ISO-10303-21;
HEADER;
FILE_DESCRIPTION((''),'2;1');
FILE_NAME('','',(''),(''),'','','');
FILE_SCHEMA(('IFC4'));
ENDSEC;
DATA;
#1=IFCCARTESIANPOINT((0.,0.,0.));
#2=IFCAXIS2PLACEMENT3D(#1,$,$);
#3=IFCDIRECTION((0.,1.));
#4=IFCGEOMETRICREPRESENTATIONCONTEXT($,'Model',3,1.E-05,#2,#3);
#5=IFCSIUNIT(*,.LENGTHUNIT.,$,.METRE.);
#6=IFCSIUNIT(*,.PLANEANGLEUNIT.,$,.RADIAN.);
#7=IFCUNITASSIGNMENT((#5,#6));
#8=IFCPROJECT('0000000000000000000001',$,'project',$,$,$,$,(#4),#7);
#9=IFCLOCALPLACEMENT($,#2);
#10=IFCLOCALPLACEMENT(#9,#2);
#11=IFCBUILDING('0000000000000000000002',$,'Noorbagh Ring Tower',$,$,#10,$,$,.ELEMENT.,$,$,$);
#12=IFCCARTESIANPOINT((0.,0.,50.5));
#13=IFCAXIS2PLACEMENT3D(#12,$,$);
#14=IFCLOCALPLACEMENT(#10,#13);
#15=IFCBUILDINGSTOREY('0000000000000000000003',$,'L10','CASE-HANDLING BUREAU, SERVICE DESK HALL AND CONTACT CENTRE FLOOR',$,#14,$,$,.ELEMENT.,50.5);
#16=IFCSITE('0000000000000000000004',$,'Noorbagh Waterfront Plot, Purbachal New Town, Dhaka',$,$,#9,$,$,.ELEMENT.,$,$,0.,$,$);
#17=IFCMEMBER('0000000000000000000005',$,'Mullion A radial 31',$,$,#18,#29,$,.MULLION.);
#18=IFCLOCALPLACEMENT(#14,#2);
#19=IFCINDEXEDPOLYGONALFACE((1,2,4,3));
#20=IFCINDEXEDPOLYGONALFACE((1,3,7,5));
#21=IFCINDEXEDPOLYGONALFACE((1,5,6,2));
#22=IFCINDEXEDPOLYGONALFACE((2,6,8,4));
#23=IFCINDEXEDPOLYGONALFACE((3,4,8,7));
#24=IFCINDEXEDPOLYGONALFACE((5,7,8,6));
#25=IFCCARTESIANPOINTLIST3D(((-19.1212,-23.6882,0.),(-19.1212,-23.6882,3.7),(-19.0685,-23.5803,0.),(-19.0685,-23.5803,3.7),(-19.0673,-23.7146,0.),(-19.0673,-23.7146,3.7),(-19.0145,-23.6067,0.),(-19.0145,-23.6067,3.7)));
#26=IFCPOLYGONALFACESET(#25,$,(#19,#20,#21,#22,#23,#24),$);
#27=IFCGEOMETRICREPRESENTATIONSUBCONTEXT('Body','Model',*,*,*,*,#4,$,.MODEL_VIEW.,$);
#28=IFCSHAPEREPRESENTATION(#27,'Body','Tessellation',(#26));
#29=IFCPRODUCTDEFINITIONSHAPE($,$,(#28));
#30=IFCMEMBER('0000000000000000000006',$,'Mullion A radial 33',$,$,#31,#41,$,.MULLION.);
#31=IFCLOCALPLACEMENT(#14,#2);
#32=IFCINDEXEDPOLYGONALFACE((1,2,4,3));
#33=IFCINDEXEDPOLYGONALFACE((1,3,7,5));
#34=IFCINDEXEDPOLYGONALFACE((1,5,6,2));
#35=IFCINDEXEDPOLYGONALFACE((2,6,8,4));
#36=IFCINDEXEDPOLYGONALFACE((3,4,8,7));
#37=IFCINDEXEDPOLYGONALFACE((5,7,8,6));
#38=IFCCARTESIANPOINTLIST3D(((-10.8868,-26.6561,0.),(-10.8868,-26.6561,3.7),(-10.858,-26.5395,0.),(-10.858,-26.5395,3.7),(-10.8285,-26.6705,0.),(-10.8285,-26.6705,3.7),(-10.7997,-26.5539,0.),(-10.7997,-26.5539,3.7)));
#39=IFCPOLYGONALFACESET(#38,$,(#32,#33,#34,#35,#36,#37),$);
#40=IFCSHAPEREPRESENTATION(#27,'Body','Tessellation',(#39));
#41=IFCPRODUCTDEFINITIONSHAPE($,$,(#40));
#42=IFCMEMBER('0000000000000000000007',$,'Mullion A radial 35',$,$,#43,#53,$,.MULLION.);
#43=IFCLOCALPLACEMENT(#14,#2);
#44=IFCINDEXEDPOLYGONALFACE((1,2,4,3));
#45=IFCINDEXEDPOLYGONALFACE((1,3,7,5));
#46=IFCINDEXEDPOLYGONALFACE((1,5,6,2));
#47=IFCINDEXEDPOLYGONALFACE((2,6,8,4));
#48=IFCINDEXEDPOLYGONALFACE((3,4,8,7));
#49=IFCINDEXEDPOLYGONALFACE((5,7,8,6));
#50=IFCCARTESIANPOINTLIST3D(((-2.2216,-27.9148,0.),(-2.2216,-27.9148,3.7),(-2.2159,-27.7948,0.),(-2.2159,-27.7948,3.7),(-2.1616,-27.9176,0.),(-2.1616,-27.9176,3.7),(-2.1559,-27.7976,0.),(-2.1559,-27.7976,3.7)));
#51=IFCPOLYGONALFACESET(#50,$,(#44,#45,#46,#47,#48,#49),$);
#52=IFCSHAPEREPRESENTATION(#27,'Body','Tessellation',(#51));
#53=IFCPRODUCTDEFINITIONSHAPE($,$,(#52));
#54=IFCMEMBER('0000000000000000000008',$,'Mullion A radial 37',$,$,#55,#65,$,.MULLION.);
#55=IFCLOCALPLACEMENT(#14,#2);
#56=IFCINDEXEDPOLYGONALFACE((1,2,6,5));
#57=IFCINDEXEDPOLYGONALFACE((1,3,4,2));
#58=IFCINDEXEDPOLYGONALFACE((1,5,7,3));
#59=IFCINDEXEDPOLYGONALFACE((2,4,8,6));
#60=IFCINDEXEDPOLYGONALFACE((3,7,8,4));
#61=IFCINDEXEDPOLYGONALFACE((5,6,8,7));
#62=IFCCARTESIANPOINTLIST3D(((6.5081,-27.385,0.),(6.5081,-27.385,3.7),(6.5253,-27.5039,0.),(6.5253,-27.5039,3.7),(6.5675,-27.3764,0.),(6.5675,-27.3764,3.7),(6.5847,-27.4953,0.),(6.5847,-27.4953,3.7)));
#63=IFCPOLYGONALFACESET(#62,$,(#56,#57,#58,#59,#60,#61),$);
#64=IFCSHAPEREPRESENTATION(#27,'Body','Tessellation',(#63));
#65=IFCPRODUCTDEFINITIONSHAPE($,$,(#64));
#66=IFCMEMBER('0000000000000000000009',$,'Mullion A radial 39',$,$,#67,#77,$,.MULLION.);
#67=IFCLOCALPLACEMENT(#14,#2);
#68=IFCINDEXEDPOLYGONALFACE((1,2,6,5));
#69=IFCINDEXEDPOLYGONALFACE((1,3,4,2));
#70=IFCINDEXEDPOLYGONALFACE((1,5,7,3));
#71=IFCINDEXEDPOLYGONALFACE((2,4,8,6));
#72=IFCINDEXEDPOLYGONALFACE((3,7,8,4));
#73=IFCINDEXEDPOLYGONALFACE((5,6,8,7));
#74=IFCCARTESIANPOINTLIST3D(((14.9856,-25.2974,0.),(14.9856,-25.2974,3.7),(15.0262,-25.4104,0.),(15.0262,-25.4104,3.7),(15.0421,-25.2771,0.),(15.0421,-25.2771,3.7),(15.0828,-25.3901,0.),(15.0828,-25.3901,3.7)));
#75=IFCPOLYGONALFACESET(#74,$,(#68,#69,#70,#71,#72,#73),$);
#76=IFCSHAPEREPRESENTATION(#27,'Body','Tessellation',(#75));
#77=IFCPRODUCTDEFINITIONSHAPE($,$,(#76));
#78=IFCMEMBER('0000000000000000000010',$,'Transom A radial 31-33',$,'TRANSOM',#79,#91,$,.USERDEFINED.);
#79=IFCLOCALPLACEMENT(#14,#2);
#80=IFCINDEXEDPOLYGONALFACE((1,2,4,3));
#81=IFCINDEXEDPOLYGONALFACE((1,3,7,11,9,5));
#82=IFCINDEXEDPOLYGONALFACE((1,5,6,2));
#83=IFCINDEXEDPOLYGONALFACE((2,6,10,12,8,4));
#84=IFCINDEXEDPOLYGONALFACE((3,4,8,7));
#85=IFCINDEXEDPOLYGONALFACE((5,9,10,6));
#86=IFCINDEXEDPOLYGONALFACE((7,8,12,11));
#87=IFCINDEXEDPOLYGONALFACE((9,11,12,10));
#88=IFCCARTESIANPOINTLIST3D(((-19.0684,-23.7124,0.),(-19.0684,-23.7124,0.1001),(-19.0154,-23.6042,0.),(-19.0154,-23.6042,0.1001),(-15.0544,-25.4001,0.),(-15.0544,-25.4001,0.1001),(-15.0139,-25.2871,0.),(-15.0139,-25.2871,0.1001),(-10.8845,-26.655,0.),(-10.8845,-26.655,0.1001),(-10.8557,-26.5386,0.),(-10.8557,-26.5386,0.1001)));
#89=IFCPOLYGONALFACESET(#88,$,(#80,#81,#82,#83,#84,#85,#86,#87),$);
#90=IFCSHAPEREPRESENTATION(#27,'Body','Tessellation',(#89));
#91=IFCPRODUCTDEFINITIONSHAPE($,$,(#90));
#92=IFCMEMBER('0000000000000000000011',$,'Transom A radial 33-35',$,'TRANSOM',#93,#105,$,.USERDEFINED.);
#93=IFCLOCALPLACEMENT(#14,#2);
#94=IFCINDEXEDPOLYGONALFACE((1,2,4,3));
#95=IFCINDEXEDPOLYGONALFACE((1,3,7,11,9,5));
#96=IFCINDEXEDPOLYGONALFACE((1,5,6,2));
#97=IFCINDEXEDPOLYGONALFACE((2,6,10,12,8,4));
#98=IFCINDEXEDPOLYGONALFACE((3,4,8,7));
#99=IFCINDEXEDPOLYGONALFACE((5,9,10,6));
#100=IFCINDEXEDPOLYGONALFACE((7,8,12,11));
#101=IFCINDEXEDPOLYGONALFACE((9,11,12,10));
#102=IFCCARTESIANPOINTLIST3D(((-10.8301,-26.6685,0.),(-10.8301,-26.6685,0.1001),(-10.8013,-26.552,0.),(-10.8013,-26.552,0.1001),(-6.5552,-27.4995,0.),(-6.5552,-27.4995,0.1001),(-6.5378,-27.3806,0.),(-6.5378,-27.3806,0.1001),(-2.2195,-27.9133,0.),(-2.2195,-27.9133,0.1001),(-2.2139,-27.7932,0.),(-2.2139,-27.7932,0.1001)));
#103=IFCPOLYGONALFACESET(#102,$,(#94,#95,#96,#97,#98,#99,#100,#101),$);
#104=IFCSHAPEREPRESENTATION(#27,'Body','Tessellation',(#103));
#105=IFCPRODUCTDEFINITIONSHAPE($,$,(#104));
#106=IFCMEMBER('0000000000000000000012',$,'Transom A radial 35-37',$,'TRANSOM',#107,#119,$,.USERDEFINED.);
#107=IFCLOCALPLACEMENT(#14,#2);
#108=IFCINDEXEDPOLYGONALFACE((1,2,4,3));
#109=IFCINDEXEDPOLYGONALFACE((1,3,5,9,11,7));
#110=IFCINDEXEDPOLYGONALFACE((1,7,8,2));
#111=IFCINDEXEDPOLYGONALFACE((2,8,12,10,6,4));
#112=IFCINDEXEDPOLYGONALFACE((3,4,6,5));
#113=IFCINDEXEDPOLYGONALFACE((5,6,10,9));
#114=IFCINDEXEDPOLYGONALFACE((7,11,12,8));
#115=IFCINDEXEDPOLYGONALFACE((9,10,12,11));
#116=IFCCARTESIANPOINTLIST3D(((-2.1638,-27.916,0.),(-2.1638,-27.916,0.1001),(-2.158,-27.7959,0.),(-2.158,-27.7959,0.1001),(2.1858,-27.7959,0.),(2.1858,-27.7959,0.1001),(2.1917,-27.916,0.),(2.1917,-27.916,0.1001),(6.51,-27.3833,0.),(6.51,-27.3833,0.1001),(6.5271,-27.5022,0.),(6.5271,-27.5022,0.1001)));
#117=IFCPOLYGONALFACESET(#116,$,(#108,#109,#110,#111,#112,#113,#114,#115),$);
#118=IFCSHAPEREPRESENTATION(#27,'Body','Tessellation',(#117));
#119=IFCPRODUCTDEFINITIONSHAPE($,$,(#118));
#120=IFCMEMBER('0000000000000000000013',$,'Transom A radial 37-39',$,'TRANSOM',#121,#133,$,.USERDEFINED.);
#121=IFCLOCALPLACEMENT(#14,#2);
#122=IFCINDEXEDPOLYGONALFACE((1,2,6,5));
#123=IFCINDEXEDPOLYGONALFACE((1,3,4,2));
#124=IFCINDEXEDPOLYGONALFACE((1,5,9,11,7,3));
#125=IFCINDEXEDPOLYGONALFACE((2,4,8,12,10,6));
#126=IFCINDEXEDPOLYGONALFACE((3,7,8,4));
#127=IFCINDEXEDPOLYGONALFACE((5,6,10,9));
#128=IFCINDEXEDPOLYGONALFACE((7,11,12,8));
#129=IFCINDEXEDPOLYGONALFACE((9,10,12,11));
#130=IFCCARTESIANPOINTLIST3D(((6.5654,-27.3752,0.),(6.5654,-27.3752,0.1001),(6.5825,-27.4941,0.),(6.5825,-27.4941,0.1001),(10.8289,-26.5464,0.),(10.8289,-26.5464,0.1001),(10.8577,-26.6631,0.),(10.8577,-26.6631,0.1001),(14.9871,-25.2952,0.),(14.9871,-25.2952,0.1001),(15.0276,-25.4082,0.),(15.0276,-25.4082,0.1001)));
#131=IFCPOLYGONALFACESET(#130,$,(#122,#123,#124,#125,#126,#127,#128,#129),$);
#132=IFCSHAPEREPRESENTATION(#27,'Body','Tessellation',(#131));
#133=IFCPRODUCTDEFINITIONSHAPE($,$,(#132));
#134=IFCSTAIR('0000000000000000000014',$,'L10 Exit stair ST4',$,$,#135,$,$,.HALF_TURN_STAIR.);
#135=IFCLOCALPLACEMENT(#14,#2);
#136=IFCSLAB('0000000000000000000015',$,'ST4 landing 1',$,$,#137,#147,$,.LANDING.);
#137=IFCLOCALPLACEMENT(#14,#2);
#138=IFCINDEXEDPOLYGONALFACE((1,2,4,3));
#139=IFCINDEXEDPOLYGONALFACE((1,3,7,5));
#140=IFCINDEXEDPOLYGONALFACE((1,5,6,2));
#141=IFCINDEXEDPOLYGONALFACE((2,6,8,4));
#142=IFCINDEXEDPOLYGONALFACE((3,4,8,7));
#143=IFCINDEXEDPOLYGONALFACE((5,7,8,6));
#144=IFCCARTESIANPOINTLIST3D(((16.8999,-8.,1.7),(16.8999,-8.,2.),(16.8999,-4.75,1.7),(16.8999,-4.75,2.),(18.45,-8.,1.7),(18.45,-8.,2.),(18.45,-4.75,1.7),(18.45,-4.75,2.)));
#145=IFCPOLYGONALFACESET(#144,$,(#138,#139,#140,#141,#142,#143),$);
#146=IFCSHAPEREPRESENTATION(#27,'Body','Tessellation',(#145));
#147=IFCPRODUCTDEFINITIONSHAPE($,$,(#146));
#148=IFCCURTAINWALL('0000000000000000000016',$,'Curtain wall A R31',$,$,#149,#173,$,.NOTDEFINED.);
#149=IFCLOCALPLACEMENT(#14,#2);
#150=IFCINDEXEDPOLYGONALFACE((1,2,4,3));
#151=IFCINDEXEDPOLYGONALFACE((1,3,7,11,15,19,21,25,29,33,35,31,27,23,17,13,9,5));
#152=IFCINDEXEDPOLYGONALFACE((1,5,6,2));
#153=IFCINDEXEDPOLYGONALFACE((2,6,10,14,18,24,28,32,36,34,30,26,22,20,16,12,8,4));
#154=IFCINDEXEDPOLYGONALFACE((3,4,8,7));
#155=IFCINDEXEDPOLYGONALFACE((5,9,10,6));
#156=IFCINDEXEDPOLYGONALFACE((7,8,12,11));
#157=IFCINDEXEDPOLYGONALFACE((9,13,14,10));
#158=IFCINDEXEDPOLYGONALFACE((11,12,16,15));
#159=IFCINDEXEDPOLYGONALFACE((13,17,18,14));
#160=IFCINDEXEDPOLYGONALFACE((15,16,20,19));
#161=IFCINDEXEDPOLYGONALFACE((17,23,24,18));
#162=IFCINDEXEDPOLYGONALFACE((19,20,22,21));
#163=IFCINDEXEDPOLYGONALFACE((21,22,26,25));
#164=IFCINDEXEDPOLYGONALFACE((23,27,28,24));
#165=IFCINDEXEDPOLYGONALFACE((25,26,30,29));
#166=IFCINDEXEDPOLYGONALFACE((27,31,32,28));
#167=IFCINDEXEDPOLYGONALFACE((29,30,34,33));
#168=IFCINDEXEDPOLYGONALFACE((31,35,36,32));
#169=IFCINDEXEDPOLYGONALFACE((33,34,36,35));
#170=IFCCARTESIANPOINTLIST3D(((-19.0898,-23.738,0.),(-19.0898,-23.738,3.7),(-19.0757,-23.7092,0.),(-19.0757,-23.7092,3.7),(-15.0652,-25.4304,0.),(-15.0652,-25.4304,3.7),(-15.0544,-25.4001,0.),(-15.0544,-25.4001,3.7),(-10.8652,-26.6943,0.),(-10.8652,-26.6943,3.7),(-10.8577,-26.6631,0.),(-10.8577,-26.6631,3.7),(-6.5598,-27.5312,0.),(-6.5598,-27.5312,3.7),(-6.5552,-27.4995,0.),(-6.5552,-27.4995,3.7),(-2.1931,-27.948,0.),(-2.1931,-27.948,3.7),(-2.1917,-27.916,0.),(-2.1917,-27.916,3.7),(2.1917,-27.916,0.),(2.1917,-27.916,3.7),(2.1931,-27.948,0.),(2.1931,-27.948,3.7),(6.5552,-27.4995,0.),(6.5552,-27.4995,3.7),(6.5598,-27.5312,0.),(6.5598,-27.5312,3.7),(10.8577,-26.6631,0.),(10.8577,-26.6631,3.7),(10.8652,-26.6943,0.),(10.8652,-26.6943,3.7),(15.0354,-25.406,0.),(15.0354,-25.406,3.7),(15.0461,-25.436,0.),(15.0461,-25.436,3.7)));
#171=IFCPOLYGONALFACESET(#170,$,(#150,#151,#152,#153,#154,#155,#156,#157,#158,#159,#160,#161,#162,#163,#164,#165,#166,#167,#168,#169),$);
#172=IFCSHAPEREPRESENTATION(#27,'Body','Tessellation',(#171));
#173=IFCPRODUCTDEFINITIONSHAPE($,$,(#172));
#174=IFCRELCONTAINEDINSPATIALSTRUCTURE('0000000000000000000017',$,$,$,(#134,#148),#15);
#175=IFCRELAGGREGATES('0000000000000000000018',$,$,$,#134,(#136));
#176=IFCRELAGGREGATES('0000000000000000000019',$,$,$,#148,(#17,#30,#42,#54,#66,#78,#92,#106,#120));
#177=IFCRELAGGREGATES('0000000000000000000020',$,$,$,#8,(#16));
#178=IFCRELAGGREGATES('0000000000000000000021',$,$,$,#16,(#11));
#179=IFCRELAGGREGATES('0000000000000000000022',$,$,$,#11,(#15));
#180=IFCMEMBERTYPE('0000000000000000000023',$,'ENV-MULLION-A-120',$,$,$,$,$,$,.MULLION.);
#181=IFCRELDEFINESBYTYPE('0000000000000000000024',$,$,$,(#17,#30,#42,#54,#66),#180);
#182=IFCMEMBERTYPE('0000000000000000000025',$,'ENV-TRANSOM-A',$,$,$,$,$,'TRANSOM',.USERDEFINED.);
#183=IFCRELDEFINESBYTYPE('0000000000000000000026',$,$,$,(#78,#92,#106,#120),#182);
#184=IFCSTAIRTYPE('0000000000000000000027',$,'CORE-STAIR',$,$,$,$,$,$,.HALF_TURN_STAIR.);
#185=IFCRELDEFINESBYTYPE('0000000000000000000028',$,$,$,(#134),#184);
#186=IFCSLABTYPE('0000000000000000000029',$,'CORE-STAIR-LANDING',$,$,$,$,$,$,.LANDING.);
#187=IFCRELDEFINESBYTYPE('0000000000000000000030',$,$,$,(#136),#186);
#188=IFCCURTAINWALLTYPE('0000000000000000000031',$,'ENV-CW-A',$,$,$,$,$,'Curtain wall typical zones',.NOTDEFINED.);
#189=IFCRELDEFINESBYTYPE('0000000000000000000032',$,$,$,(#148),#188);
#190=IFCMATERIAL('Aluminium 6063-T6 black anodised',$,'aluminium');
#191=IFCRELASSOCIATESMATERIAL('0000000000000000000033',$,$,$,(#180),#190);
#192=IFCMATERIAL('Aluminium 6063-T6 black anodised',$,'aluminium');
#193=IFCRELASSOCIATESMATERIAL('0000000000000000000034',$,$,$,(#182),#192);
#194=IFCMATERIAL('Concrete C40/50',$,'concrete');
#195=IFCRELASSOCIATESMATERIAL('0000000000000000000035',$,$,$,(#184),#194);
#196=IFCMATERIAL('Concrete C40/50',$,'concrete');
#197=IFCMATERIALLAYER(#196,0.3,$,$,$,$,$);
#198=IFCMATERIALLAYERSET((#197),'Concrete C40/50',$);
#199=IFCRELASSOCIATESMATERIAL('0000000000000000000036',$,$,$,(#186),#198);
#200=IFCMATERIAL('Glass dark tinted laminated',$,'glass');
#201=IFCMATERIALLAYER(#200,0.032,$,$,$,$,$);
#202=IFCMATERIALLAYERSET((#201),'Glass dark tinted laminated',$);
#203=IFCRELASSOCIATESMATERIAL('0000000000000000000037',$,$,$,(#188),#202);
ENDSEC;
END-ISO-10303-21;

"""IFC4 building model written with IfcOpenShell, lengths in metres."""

from ifc_helpers import new_model, si_unit, direction, frame, origin, origin_2d, place, context, subcontext, project, spatial, polyline, rectangle, outline, extrude, material, layer, layer_set, material_profile, profile_set, type_object, element, aggregate, save


model = new_model("IFC4")

# Units and contexts
model_context = context("Model", 3, precision=1e-05, world=origin(), true_north=direction((0.0, 1.0)))
body_context = subcontext(model_context, "Body", "Model", "MODEL_VIEW")
ifc_project = project(units=[si_unit("LENGTHUNIT", "METRE"), si_unit("PLANEANGLEUNIT", "RADIAN")], contexts=[model_context])

# Members
ifc_material_1 = material(Name="Aluminium 6063-T6 black anodised", Category="aluminium")
ifc_material_profile = material_profile(ifc_material_1, rectangle(XDim=0.1201, YDim=0.0601, at=origin_2d()), Name="120x60")
ifc_profile_set = profile_set([ifc_material_profile], Name="Aluminium 6063-T6 black anodised")
member_type_1 = type_object("IfcMemberType", Name="ENV-MULLION-A-120", PredefinedType="MULLION", material=ifc_profile_set)
site_placement = place(None, origin())
building_placement = place(site_placement, origin())
storey_placement = place(building_placement, frame((0.0, 0.0, 50.5)))
member_1_placement = place(storey_placement, frame((-19.0679, -23.6475, 0.0), z_axis=(0.0, 0.0, 1.0), x_axis=(0.439238, 0.898371, 0.0)))
member_1 = element("IfcMember", 1, at=member_1_placement, type_object=member_type_1, Name="Mullion A radial 31", PredefinedType="MULLION", context=body_context, shape_type="SweptSolid", body=[
    extrude(rectangle(XDim=0.1201, YDim=0.0601, at=origin_2d()), origin(), (0.0, 0.0, 1.0), 3.7),
])
member_2_placement = place(storey_placement, frame((-10.8433, -26.605, 0.0), z_axis=(0.0, 0.0, 1.0), x_axis=(0.239799, 0.970823, 0.0)))
member_2 = element("IfcMember", 2, at=member_2_placement, type_object=member_type_1, Name="Mullion A radial 33", PredefinedType="MULLION", context=body_context, shape_type="SweptSolid", body=[
    extrude(rectangle(XDim=0.1201, YDim=0.0601, at=origin_2d()), origin(), (0.0, 0.0, 1.0), 3.7),
])
member_3_placement = place(storey_placement, frame((-2.1887, -27.8562, 0.0), z_axis=(0.0, 0.0, 1.0), x_axis=(0.047558, 0.998868, 0.0)))
member_3 = element("IfcMember", 3, at=member_3_placement, type_object=member_type_1, Name="Mullion A radial 35", PredefinedType="MULLION", context=body_context, shape_type="SweptSolid", body=[
    extrude(rectangle(XDim=0.1201, YDim=0.0601, at=origin_2d()), origin(), (0.0, 0.0, 1.0), 3.7),
])
member_4_placement = place(storey_placement, frame((6.5464, -27.4402, 0.0), z_axis=(0.0, 0.0, 1.0), x_axis=(-0.143082, 0.989711, 0.0)))
member_4 = element("IfcMember", 4, at=member_4_placement, type_object=member_type_1, Name="Mullion A radial 37", PredefinedType="MULLION", context=body_context, shape_type="SweptSolid", body=[
    extrude(rectangle(XDim=0.1201, YDim=0.0601, at=origin_2d()), origin(), (0.0, 0.0, 1.0), 3.7),
])
member_5_placement = place(storey_placement, frame((15.0342, -25.3438, 0.0), z_axis=(0.0, 0.0, 1.0), x_axis=(-0.338379, 0.94101, 0.0)))
member_5 = element("IfcMember", 5, at=member_5_placement, type_object=member_type_1, Name="Mullion A radial 39", PredefinedType="MULLION", context=body_context, shape_type="SweptSolid", body=[
    extrude(rectangle(XDim=0.1201, YDim=0.0601, at=origin_2d()), origin(), (0.0, 0.0, 1.0), 3.7),
])
ifc_material_2 = material(Name="Aluminium 6063-T6 black anodised", Category="aluminium")
member_type_2 = type_object("IfcMemberType", Name="ENV-TRANSOM-A", ElementType="TRANSOM", PredefinedType="USERDEFINED", material=ifc_material_2)
member_6_placement = place(storey_placement, origin())
member_6 = element("IfcMember", 6, at=member_6_placement, type_object=member_type_2, Name="Transom A radial 31-33", ObjectType="TRANSOM", PredefinedType="USERDEFINED", context=body_context, shape_type="SweptSolid", body=[
    extrude(outline(polyline([(-19.0684, -23.7124), (-15.0544, -25.4001), (-10.8845, -26.655), (-10.8557, -26.5386), (-15.0139, -25.2871), (-19.0154, -23.6042), (-19.0684, -23.7124)])), origin(), (0.0, 0.0, 1.0), 0.1001),
])
member_7_placement = place(storey_placement, origin())
member_7 = element("IfcMember", 7, at=member_7_placement, type_object=member_type_2, Name="Transom A radial 33-35", ObjectType="TRANSOM", PredefinedType="USERDEFINED", context=body_context, shape_type="SweptSolid", body=[
    extrude(outline(polyline([(-10.8301, -26.6685), (-6.5552, -27.4995), (-2.2195, -27.9133), (-2.2139, -27.7932), (-6.5378, -27.3806), (-10.8013, -26.552), (-10.8301, -26.6685)])), origin(), (0.0, 0.0, 1.0), 0.1001),
])
member_8_placement = place(storey_placement, origin())
member_8 = element("IfcMember", 8, at=member_8_placement, type_object=member_type_2, Name="Transom A radial 35-37", ObjectType="TRANSOM", PredefinedType="USERDEFINED", context=body_context, shape_type="SweptSolid", body=[
    extrude(outline(polyline([(-2.1638, -27.916), (2.1917, -27.916), (6.5271, -27.5022), (6.51, -27.3833), (2.1858, -27.7959), (-2.158, -27.7959), (-2.1638, -27.916)])), origin(), (0.0, 0.0, 1.0), 0.1001),
])
member_9_placement = place(storey_placement, origin())
member_9 = element("IfcMember", 9, at=member_9_placement, type_object=member_type_2, Name="Transom A radial 37-39", ObjectType="TRANSOM", PredefinedType="USERDEFINED", context=body_context, shape_type="SweptSolid", body=[
    extrude(outline(polyline([(6.5825, -27.4941), (10.8577, -26.6631), (15.0276, -25.4082), (14.9871, -25.2952), (10.8289, -26.5464), (6.5654, -27.3752), (6.5825, -27.4941)])), origin(), (0.0, 0.0, 1.0), 0.1001),
])

# Site, building, storey
site = spatial("IfcSite", under=ifc_project, at=site_placement, Name="Noorbagh Waterfront Plot, Purbachal New Town, Dhaka", CompositionType="ELEMENT", RefElevation=0.0)
building = spatial("IfcBuilding", under=site, at=building_placement, Name="Noorbagh Ring Tower", CompositionType="ELEMENT")
storey = spatial("IfcBuildingStorey", under=building, at=storey_placement, Name="L10", Description="CASE-HANDLING BUREAU, SERVICE DESK HALL AND CONTACT CENTRE FLOOR", CompositionType="ELEMENT", Elevation=50.5)

# Stair, slab
ifc_material_3 = material(Name="Concrete C40/50", Category="concrete")
stair_type = type_object("IfcStairType", Name="CORE-STAIR", PredefinedType="HALF_TURN_STAIR", material=ifc_material_3)
stair_placement = place(storey_placement, origin())
stair = element("IfcStair", 10, at=stair_placement, inside=storey, type_object=stair_type, Name="L10 Exit stair ST4", PredefinedType="HALF_TURN_STAIR")
ifc_material_4 = material(Name="Concrete C40/50", Category="concrete")
ifc_layer_1 = layer(ifc_material_4, 0.3)
ifc_layer_set_1 = layer_set([ifc_layer_1], Name="Concrete C40/50")
slab_type = type_object("IfcSlabType", Name="CORE-STAIR-LANDING", PredefinedType="LANDING", material=ifc_layer_set_1)
slab_placement = place(storey_placement, frame((0.0, 0.0, 1.7)))
slab = element("IfcSlab", 11, at=slab_placement, type_object=slab_type, Name="ST4 landing 1", PredefinedType="LANDING", context=body_context, shape_type="SweptSolid", body=[
    extrude(outline(polyline([(18.45, -4.75), (16.8999, -4.75), (16.8999, -8.0), (18.45, -8.0), (18.45, -4.75)])), origin(), (0.0, 0.0, 1.0), 0.3),
])
aggregate(stair, [slab])

# Curtain wall
ifc_material_5 = material(Name="Glass dark tinted laminated", Category="glass")
ifc_layer_2 = layer(ifc_material_5, 0.032)
ifc_layer_set_2 = layer_set([ifc_layer_2], Name="Glass dark tinted laminated")
curtain_wall_type = type_object("IfcCurtainWallType", Name="ENV-CW-A", ElementType="Curtain wall typical zones", PredefinedType="NOTDEFINED", material=ifc_layer_set_2)
curtain_wall_1_placement = place(storey_placement, origin())
curtain_wall_1 = element("IfcCurtainWall", 12, at=curtain_wall_1_placement, inside=storey, type_object=curtain_wall_type, Name="Curtain wall A R31", PredefinedType="NOTDEFINED", context=body_context, shape_type="SweptSolid", body=[
    extrude(outline(polyline([(-19.0898, -23.738), (-15.0652, -25.4304), (-10.8652, -26.6943), (-6.5598, -27.5312), (-2.1931, -27.948), (2.1931, -27.948), (6.5598, -27.5312), (10.8652, -26.6943), (15.0461, -25.436), (15.0354, -25.406), (10.8577, -26.6631), (6.5552, -27.4995), (2.1917, -27.916), (-2.1917, -27.916), (-6.5552, -27.4995), (-10.8577, -26.6631), (-15.0544, -25.4001), (-19.0757, -23.7092), (-19.0898, -23.738)])), origin(), (0.0, 0.0, 1.0), 3.7),
])
aggregate(curtain_wall_1, [member_1, member_2, member_3, member_4, member_5, member_6, member_7, member_8, member_9])

save(model, "model.ifc")
